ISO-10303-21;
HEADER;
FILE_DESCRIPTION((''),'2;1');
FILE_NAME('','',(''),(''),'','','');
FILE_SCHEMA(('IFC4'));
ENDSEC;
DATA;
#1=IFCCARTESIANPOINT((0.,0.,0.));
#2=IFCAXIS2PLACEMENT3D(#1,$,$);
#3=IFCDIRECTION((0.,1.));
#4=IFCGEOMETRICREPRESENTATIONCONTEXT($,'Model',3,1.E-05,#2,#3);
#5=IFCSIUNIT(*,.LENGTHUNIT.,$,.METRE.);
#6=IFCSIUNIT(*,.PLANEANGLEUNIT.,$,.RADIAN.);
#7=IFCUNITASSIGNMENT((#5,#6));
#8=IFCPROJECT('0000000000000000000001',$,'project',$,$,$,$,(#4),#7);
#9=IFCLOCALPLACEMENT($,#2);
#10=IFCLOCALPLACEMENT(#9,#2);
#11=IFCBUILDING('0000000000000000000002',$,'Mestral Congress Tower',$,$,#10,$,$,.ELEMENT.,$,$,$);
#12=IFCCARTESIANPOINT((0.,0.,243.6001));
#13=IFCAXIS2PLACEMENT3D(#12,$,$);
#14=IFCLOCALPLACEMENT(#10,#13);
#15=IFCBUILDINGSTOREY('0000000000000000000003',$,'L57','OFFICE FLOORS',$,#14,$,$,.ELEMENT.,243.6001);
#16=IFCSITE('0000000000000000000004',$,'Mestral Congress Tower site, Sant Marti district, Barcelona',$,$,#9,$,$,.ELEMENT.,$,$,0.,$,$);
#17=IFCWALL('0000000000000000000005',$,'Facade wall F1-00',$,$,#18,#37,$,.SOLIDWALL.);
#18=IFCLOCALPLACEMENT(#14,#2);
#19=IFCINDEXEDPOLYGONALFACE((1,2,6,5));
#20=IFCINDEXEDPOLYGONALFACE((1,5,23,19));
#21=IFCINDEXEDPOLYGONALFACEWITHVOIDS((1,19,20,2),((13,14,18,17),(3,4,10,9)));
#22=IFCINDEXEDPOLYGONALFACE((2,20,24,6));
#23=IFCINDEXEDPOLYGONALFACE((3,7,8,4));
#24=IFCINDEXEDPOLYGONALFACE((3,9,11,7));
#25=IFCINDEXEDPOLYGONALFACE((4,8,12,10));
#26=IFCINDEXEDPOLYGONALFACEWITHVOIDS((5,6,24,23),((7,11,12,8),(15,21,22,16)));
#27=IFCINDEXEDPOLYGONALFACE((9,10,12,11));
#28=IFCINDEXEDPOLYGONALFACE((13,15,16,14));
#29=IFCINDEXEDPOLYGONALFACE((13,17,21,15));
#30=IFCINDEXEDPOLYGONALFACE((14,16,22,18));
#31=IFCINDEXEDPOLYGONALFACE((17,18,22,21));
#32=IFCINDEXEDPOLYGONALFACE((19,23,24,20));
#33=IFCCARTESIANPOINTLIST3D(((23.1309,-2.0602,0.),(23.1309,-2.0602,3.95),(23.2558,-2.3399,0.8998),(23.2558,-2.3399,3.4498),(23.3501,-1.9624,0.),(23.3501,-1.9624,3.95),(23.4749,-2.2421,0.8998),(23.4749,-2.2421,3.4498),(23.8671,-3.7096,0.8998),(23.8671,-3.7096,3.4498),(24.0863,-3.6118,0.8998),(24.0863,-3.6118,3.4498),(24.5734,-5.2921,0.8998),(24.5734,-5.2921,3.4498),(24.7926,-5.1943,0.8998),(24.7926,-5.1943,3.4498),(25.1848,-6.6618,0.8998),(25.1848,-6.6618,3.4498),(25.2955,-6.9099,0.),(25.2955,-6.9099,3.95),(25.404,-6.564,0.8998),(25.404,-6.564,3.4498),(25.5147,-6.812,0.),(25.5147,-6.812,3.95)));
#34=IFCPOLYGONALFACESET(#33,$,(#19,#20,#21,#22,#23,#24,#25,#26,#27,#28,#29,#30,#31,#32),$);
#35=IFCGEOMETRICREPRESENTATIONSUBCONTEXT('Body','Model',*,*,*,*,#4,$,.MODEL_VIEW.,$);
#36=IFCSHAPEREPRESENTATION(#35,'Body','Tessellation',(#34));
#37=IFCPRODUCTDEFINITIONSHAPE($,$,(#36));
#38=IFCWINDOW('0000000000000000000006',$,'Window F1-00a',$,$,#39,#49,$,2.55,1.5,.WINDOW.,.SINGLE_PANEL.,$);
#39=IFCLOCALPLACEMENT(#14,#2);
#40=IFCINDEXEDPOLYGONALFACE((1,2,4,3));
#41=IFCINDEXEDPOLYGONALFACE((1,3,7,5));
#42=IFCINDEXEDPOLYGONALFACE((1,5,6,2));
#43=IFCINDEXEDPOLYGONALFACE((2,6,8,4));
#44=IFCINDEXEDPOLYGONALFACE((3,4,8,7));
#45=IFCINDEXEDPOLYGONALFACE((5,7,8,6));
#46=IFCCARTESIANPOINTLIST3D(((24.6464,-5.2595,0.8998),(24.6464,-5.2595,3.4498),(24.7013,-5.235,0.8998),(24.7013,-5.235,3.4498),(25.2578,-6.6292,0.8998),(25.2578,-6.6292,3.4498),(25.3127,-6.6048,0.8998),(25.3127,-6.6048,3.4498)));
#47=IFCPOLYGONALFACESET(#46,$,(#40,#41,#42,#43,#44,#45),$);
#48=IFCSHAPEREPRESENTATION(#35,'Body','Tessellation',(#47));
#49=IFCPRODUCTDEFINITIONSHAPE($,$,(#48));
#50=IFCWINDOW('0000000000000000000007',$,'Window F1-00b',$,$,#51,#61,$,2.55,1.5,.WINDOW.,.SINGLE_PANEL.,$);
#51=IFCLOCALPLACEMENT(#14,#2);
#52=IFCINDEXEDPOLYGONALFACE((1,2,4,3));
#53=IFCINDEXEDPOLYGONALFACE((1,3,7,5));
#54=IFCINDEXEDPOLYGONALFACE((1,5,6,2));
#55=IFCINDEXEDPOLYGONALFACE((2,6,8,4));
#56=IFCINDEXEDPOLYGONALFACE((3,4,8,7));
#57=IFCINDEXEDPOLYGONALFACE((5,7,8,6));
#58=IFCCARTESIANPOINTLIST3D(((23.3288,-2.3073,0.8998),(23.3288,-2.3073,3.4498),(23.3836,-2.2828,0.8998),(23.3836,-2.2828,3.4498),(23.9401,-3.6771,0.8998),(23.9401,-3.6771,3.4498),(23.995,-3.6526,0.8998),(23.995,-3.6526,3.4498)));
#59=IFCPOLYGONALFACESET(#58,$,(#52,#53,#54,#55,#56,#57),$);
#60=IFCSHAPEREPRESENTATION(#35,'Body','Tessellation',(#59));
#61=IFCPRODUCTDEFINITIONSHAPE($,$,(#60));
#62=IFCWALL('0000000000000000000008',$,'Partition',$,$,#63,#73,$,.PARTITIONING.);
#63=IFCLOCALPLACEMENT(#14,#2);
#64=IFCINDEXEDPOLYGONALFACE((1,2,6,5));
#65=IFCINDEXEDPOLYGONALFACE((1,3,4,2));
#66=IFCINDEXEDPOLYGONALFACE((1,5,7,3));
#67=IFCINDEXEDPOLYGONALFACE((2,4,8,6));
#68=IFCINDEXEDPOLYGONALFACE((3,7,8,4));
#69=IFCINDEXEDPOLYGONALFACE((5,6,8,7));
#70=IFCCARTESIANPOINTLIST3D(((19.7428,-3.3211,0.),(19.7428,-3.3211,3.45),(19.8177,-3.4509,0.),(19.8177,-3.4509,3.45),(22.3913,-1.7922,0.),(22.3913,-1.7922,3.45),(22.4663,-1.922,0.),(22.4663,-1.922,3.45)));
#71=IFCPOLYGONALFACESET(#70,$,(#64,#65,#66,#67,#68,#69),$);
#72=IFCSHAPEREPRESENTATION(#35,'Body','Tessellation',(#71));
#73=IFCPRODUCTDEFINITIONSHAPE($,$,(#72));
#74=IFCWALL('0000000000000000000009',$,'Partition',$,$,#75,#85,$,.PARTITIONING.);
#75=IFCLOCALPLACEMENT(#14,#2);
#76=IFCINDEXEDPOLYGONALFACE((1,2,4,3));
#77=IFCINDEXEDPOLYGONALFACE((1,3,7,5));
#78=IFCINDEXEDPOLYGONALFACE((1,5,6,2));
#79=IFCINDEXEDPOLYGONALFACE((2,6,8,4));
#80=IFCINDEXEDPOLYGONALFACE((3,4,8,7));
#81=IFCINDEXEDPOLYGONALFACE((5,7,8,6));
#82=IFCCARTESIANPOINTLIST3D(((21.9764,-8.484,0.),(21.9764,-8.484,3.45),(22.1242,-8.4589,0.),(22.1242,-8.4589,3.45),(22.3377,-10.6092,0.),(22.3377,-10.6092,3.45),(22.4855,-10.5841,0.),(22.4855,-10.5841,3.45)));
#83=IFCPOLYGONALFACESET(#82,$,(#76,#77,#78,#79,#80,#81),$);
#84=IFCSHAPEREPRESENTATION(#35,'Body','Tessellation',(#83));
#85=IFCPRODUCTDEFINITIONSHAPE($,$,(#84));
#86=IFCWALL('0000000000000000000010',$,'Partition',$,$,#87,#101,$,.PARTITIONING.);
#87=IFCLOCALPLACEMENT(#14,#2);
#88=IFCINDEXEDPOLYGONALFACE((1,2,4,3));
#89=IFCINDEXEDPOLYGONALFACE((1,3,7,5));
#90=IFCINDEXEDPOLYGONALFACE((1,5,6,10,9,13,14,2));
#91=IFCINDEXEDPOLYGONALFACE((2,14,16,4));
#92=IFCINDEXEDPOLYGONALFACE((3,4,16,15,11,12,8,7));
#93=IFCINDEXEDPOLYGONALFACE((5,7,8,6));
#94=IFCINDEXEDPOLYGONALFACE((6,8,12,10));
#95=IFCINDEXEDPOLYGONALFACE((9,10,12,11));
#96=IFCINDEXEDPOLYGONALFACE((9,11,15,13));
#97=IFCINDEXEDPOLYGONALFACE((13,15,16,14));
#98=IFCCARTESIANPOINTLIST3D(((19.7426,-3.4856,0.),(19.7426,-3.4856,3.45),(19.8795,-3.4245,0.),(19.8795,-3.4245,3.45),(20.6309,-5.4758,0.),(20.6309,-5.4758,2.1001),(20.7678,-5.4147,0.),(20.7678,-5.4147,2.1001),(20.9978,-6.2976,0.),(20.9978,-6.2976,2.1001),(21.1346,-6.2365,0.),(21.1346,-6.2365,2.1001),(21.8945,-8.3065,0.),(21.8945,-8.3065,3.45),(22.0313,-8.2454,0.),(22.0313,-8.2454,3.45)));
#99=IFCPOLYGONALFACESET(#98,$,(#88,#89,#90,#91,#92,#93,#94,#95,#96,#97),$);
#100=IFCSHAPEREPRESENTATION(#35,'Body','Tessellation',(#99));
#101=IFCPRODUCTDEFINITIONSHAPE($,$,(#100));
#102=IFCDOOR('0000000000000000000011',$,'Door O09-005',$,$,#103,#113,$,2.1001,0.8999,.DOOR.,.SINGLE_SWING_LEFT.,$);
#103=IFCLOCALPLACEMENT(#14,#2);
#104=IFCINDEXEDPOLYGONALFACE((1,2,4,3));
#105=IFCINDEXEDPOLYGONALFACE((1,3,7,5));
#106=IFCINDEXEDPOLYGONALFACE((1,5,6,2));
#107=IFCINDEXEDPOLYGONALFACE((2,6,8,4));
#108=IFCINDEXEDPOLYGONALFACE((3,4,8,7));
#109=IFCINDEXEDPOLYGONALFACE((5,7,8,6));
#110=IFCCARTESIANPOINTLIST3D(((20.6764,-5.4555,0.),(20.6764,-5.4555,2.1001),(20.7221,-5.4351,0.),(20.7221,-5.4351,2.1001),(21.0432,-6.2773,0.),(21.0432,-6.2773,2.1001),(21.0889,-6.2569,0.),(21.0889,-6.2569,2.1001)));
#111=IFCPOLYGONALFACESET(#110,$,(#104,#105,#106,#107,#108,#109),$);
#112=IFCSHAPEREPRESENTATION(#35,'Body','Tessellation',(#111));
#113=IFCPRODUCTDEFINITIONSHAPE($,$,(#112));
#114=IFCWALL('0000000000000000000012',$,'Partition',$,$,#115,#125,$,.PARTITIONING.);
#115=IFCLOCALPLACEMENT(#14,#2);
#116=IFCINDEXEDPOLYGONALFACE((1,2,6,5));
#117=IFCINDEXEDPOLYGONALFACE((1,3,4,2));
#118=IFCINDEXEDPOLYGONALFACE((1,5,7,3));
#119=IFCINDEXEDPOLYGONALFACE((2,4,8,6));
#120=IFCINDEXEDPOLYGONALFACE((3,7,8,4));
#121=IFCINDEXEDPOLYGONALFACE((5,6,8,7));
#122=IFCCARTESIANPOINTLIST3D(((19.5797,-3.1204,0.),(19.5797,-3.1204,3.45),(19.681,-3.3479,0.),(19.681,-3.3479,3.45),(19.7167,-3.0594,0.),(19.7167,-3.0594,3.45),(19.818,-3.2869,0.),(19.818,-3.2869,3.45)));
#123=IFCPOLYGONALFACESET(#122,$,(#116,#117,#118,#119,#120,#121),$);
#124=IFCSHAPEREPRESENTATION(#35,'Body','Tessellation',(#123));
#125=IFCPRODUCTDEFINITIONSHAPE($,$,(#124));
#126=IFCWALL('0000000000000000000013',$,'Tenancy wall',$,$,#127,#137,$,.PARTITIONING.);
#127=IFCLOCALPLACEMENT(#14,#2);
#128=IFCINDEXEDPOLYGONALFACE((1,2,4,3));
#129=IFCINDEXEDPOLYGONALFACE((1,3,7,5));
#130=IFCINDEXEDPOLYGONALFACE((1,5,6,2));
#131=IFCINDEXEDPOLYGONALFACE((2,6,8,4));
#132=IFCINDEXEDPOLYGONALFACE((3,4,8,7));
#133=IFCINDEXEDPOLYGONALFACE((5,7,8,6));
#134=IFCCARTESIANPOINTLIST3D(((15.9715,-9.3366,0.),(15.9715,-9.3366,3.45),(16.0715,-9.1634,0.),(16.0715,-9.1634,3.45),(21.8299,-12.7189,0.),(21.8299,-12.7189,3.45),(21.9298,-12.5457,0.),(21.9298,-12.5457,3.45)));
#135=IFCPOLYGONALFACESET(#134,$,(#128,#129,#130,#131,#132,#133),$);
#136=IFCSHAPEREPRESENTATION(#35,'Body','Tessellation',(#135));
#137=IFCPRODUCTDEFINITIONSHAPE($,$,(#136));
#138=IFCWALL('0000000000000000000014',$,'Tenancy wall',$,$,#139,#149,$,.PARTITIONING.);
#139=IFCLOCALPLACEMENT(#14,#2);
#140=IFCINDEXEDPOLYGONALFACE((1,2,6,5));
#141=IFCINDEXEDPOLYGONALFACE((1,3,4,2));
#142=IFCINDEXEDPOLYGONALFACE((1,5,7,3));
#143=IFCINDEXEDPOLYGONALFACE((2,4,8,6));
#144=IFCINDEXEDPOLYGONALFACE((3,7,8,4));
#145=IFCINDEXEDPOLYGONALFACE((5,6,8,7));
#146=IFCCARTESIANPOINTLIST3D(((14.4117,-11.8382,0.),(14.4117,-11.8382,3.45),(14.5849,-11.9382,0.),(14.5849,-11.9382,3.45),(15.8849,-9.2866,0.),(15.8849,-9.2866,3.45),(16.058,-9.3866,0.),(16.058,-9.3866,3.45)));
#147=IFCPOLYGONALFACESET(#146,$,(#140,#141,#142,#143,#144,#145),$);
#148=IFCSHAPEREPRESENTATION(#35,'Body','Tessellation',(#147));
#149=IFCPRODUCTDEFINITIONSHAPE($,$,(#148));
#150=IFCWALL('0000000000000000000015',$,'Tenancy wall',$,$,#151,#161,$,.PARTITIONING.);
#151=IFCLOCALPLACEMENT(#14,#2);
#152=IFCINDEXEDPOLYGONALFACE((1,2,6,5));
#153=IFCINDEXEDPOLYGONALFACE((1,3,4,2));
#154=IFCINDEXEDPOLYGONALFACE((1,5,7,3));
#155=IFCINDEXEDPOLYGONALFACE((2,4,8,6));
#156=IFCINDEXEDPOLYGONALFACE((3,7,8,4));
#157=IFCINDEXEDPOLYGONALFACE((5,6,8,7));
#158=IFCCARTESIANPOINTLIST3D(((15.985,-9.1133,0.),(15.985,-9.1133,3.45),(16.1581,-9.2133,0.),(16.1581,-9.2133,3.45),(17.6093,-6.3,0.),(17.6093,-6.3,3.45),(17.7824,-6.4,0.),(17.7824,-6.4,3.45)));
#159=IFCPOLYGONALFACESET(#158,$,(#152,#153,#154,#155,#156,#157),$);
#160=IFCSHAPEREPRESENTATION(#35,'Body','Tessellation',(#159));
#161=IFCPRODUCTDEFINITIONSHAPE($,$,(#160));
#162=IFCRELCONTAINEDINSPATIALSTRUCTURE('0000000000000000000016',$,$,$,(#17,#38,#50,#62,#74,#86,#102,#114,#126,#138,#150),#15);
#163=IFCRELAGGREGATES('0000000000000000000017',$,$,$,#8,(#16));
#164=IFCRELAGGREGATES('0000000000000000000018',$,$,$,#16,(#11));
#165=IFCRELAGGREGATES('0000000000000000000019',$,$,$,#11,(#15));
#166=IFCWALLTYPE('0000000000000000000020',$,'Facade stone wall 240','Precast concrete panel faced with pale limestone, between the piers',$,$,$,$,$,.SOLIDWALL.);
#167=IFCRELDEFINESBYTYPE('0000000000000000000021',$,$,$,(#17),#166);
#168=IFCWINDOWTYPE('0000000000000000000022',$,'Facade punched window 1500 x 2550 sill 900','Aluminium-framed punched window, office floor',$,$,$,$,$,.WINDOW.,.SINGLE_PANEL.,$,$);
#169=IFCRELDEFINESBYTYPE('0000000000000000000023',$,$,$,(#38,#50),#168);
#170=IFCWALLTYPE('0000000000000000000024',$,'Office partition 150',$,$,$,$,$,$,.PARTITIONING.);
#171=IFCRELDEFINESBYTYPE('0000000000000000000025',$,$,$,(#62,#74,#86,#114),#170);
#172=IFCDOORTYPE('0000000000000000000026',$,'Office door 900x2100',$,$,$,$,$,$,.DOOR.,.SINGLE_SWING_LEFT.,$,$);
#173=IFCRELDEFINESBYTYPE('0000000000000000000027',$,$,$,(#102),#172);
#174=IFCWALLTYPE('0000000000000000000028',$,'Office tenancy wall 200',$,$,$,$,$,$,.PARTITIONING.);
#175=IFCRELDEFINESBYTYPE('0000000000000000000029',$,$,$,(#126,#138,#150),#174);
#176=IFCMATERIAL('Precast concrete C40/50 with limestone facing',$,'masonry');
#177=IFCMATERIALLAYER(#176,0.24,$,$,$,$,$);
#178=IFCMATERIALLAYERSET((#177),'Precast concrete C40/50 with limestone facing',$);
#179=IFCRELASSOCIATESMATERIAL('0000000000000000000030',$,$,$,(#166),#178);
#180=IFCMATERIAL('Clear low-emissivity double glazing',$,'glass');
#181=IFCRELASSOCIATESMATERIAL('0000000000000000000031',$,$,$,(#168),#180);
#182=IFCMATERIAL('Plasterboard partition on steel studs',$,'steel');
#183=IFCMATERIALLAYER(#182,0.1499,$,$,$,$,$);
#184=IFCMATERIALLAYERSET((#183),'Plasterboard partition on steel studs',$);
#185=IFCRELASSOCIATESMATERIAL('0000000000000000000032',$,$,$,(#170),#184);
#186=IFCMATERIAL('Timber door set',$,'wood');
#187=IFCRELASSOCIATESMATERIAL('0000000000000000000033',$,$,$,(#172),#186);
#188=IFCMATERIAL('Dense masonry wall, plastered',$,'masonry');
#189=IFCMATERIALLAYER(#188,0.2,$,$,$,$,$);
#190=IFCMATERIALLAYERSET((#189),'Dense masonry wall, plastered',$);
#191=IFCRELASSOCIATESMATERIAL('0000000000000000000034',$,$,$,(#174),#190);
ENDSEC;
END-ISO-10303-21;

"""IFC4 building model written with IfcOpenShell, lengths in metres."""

from ifc_helpers import new_model, si_unit, direction, frame, frame_2d, origin, place, context, subcontext, project, spatial, rectangle, extrude, material, layer, layer_set, type_object, element, fill, save


model = new_model("IFC4")

# Units and contexts
model_context = context("Model", 3, precision=1e-05, world=origin(), true_north=direction((0.0, 1.0)))
body_context = subcontext(model_context, "Body", "Model", "MODEL_VIEW")
ifc_project = project(units=[si_unit("LENGTHUNIT", "METRE"), si_unit("PLANEANGLEUNIT", "RADIAN")], contexts=[model_context])

# Site, building, storey
site_placement = place(None, origin())
site = spatial("IfcSite", under=ifc_project, at=site_placement, Name="Mestral Congress Tower site, Sant Marti district, Barcelona", CompositionType="ELEMENT", RefElevation=0.0)
building_placement = place(site_placement, origin())
building = spatial("IfcBuilding", under=site, at=building_placement, Name="Mestral Congress Tower", CompositionType="ELEMENT")
storey_placement = place(building_placement, frame((0.0, 0.0, 243.6001)))
storey = spatial("IfcBuildingStorey", under=building, at=storey_placement, Name="L57", Description="OFFICE FLOORS", CompositionType="ELEMENT", Elevation=243.6001)

# Shared definitions
ifc_material_1 = material(Name="Precast concrete C40/50 with limestone facing", Category="masonry")
ifc_layer_1 = layer(ifc_material_1, 0.24)
ifc_layer_set_1 = layer_set([ifc_layer_1], Name="Precast concrete C40/50 with limestone facing")
wall_type_1 = type_object("IfcWallType", Name="Facade stone wall 240", Description="Precast concrete panel faced with pale limestone, between the piers", PredefinedType="SOLIDWALL", material=ifc_layer_set_1)
ifc_material_2 = material(Name="Clear low-emissivity double glazing", Category="glass")

# Wall, openings, windows
wall_1_placement = place(storey_placement, frame((25.405, -6.8608, 0.0), z_axis=(0.0, 0.0, 1.0), x_axis=(-0.40758, 0.91317, 0.0)))
wall_1 = element("IfcWall", 1, at=wall_1_placement, inside=storey, type_object=wall_type_1, Name="Facade wall F1-00", PredefinedType="SOLIDWALL", context=body_context, shape_type="SweptSolid", body=[
    extrude(rectangle(XDim=5.3108, YDim=0.24, at=frame_2d((2.6553, 0.0))), origin(), (0.0, 0.0, 1.0), 3.95),
])
opening_1_placement = place(wall_1_placement, frame((0.2715, 0.0, 0.8999)))
opening_1 = element("IfcOpeningElement", 2, at=opening_1_placement, cuts=wall_1, PredefinedType="OPENING", context=body_context, shape_type="SweptSolid", body=[
    extrude(rectangle(XDim=1.5, YDim=2.55, at=frame_2d((0.75, 1.2749))), frame((0.0, 0.1299, 0.0), z_axis=(0.0, -1.0, 0.0), x_axis=(1.0, 0.0, 0.0)), (0.0, 0.0, 1.0), 0.26),
])
opening_2_placement = place(wall_1_placement, frame((3.5044, 0.0, 0.8999)))
opening_2 = element("IfcOpeningElement", 3, at=opening_2_placement, cuts=wall_1, PredefinedType="OPENING", context=body_context, shape_type="SweptSolid", body=[
    extrude(rectangle(XDim=1.5, YDim=2.55, at=frame_2d((0.75, 1.2749))), frame((0.0, 0.1299, 0.0), z_axis=(0.0, -1.0, 0.0), x_axis=(1.0, 0.0, 0.0)), (0.0, 0.0, 1.0), 0.26),
])
window_type_1 = type_object("IfcWindowType", Name="Facade punched window 1500 x 2550 sill 900", Description="Aluminium-framed punched window, office floor", PartitioningType="SINGLE_PANEL", PredefinedType="WINDOW", material=ifc_material_2)
window_1_placement = place(opening_1_placement, origin())
window_1 = element("IfcWindow", 4, at=window_1_placement, inside=storey, type_object=window_type_1, Name="Window F1-00a", OverallHeight=2.55, OverallWidth=1.5, PartitioningType="SINGLE_PANEL", PredefinedType="WINDOW", context=body_context, shape_type="SweptSolid", body=[
    extrude(rectangle(XDim=1.5, YDim=2.55, at=frame_2d((0.75, 1.2749))), frame((0.0, 0.04, 0.0), z_axis=(0.0, -1.0, 0.0), x_axis=(1.0, 0.0, 0.0)), (0.0, 0.0, 1.0), 0.0601),
])
fill(opening_1, window_1)
window_2_placement = place(opening_2_placement, origin())
window_2 = element("IfcWindow", 5, at=window_2_placement, inside=storey, type_object=window_type_1, Name="Window F1-00b", OverallHeight=2.55, OverallWidth=1.5, PartitioningType="SINGLE_PANEL", PredefinedType="WINDOW", context=body_context, shape_type="SweptSolid", body=[
    extrude(rectangle(XDim=1.5, YDim=2.55, at=frame_2d((0.75, 1.2749))), frame((0.0, 0.04, 0.0), z_axis=(0.0, -1.0, 0.0), x_axis=(1.0, 0.0, 0.0)), (0.0, 0.0, 1.0), 0.0601),
])
fill(opening_2, window_2)

# Walls
ifc_material_3 = material(Name="Plasterboard partition on steel studs", Category="steel")
ifc_layer_2 = layer(ifc_material_3, 0.1499)
ifc_layer_set_2 = layer_set([ifc_layer_2], Name="Plasterboard partition on steel studs")
wall_type_2 = type_object("IfcWallType", Name="Office partition 150", PredefinedType="PARTITIONING", material=ifc_layer_set_2)
wall_2_placement = place(storey_placement, frame((19.7803, -3.386, 0.0), z_axis=(0.0, 0.0, 1.0), x_axis=(0.866063, 0.499934, 0.0)))
element("IfcWall", 6, at=wall_2_placement, inside=storey, type_object=wall_type_2, Name="Partition", PredefinedType="PARTITIONING", context=body_context, shape_type="SweptSolid", body=[
    extrude(rectangle(XDim=3.0581, YDim=0.1499, at=frame_2d((1.5291, 0.0))), origin(), (0.0, 0.0, 1.0), 3.45),
])
wall_3_placement = place(storey_placement, frame((22.4116, -10.5967, 0.0), z_axis=(0.0, 0.0, 1.0), x_axis=(-0.167612, 0.985853, 0.0)))
element("IfcWall", 7, at=wall_3_placement, inside=storey, type_object=wall_type_2, Name="Partition", PredefinedType="PARTITIONING", context=body_context, shape_type="SweptSolid", body=[
    extrude(rectangle(XDim=2.1558, YDim=0.1499, at=frame_2d((1.0779, 0.0))), origin(), (0.0, 0.0, 1.0), 3.45),
])

# Wall, opening, door
wall_4_placement = place(storey_placement, frame((19.811, -3.4551, 0.0), z_axis=(0.0, 0.0, 1.0), x_axis=(0.407605, -0.913158, 0.0)))
wall_4 = element("IfcWall", 8, at=wall_4_placement, inside=storey, type_object=wall_type_2, Name="Partition", PredefinedType="PARTITIONING", context=body_context, shape_type="SweptSolid", body=[
    extrude(rectangle(XDim=5.2793, YDim=0.1499, at=frame_2d((2.6396, 0.0))), origin(), (0.0, 0.0, 1.0), 3.45),
])
opening_3_placement = place(wall_4_placement, frame((2.1794, 0.0, 0.0)))
opening_3 = element("IfcOpeningElement", 9, at=opening_3_placement, cuts=wall_4, PredefinedType="OPENING", context=body_context, shape_type="SweptSolid", body=[
    extrude(rectangle(XDim=0.8999, YDim=2.1001, at=frame_2d((0.45, 1.05))), frame((0.0, 0.085, 0.0), z_axis=(0.0, -1.0, 0.0), x_axis=(1.0, 0.0, 0.0)), (0.0, 0.0, 1.0), 0.1699),
])
ifc_material_4 = material(Name="Timber door set", Category="wood")
door_type_1 = type_object("IfcDoorType", Name="Office door 900x2100", OperationType="SINGLE_SWING_LEFT", PredefinedType="DOOR", material=ifc_material_4)
door_1_placement = place(opening_3_placement, origin())
door_1 = element("IfcDoor", 10, at=door_1_placement, inside=storey, type_object=door_type_1, Name="Door O09-005", OperationType="SINGLE_SWING_LEFT", OverallHeight=2.1001, OverallWidth=0.8999, PredefinedType="DOOR", context=body_context, shape_type="SweptSolid", body=[
    extrude(rectangle(XDim=0.8999, YDim=2.1001, at=frame_2d((0.45, 1.05))), frame((0.0, 0.0249, 0.0), z_axis=(0.0, -1.0, 0.0), x_axis=(1.0, 0.0, 0.0)), (0.0, 0.0, 1.0), 0.05),
])
fill(opening_3, door_1)

# Walls
wall_5_placement = place(storey_placement, frame((19.7495, -3.3174, 0.0), z_axis=(0.0, 0.0, 1.0), x_axis=(-0.406775, 0.913528, 0.0)))
element("IfcWall", 11, at=wall_5_placement, inside=storey, type_object=wall_type_2, Name="Partition", PredefinedType="PARTITIONING", context=body_context, shape_type="SweptSolid", body=[
    extrude(rectangle(XDim=0.249, YDim=0.1499, at=frame_2d((0.1245, 0.0))), origin(), (0.0, 0.0, 1.0), 3.45),
])
ifc_material_5 = material(Name="Dense masonry wall, plastered", Category="masonry")
ifc_layer_3 = layer(ifc_material_5, 0.2)
ifc_layer_set_3 = layer_set([ifc_layer_3], Name="Dense masonry wall, plastered")
wall_type_3 = type_object("IfcWallType", Name="Office tenancy wall 200", PredefinedType="PARTITIONING", material=ifc_layer_set_3)
wall_6_placement = place(storey_placement, frame((16.0215, -9.25, 0.0), z_axis=(0.0, 0.0, 1.0), x_axis=(0.866027, -0.499997, 0.0)))
element("IfcWall", 12, at=wall_6_placement, inside=storey, type_object=wall_type_3, Name="Tenancy wall", PredefinedType="PARTITIONING", context=body_context, shape_type="SweptSolid", body=[
    extrude(rectangle(XDim=6.7646, YDim=0.2, at=frame_2d((3.3823, 0.0))), origin(), (0.0, 0.0, 1.0), 3.45),
])
wall_7_placement = place(storey_placement, frame((14.4983, -11.8882, 0.0), z_axis=(0.0, 0.0, 1.0), x_axis=(0.500007, 0.866021, 0.0)))
element("IfcWall", 13, at=wall_7_placement, inside=storey, type_object=wall_type_3, Name="Tenancy wall", PredefinedType="PARTITIONING", context=body_context, shape_type="SweptSolid", body=[
    extrude(rectangle(XDim=2.9463, YDim=0.2, at=frame_2d((1.4731, 0.0))), origin(), (0.0, 0.0, 1.0), 3.45),
])
wall_8_placement = place(storey_placement, frame((16.0715, -9.1633, 0.0), z_axis=(0.0, 0.0, 1.0), x_axis=(0.500011, 0.866019, 0.0)))
element("IfcWall", 14, at=wall_8_placement, inside=storey, type_object=wall_type_3, Name="Tenancy wall", PredefinedType="PARTITIONING", context=body_context, shape_type="SweptSolid", body=[
    extrude(rectangle(XDim=3.2485, YDim=0.2, at=frame_2d((1.6243, 0.0))), origin(), (0.0, 0.0, 1.0), 3.45),
])

save(model, "model.ifc")
